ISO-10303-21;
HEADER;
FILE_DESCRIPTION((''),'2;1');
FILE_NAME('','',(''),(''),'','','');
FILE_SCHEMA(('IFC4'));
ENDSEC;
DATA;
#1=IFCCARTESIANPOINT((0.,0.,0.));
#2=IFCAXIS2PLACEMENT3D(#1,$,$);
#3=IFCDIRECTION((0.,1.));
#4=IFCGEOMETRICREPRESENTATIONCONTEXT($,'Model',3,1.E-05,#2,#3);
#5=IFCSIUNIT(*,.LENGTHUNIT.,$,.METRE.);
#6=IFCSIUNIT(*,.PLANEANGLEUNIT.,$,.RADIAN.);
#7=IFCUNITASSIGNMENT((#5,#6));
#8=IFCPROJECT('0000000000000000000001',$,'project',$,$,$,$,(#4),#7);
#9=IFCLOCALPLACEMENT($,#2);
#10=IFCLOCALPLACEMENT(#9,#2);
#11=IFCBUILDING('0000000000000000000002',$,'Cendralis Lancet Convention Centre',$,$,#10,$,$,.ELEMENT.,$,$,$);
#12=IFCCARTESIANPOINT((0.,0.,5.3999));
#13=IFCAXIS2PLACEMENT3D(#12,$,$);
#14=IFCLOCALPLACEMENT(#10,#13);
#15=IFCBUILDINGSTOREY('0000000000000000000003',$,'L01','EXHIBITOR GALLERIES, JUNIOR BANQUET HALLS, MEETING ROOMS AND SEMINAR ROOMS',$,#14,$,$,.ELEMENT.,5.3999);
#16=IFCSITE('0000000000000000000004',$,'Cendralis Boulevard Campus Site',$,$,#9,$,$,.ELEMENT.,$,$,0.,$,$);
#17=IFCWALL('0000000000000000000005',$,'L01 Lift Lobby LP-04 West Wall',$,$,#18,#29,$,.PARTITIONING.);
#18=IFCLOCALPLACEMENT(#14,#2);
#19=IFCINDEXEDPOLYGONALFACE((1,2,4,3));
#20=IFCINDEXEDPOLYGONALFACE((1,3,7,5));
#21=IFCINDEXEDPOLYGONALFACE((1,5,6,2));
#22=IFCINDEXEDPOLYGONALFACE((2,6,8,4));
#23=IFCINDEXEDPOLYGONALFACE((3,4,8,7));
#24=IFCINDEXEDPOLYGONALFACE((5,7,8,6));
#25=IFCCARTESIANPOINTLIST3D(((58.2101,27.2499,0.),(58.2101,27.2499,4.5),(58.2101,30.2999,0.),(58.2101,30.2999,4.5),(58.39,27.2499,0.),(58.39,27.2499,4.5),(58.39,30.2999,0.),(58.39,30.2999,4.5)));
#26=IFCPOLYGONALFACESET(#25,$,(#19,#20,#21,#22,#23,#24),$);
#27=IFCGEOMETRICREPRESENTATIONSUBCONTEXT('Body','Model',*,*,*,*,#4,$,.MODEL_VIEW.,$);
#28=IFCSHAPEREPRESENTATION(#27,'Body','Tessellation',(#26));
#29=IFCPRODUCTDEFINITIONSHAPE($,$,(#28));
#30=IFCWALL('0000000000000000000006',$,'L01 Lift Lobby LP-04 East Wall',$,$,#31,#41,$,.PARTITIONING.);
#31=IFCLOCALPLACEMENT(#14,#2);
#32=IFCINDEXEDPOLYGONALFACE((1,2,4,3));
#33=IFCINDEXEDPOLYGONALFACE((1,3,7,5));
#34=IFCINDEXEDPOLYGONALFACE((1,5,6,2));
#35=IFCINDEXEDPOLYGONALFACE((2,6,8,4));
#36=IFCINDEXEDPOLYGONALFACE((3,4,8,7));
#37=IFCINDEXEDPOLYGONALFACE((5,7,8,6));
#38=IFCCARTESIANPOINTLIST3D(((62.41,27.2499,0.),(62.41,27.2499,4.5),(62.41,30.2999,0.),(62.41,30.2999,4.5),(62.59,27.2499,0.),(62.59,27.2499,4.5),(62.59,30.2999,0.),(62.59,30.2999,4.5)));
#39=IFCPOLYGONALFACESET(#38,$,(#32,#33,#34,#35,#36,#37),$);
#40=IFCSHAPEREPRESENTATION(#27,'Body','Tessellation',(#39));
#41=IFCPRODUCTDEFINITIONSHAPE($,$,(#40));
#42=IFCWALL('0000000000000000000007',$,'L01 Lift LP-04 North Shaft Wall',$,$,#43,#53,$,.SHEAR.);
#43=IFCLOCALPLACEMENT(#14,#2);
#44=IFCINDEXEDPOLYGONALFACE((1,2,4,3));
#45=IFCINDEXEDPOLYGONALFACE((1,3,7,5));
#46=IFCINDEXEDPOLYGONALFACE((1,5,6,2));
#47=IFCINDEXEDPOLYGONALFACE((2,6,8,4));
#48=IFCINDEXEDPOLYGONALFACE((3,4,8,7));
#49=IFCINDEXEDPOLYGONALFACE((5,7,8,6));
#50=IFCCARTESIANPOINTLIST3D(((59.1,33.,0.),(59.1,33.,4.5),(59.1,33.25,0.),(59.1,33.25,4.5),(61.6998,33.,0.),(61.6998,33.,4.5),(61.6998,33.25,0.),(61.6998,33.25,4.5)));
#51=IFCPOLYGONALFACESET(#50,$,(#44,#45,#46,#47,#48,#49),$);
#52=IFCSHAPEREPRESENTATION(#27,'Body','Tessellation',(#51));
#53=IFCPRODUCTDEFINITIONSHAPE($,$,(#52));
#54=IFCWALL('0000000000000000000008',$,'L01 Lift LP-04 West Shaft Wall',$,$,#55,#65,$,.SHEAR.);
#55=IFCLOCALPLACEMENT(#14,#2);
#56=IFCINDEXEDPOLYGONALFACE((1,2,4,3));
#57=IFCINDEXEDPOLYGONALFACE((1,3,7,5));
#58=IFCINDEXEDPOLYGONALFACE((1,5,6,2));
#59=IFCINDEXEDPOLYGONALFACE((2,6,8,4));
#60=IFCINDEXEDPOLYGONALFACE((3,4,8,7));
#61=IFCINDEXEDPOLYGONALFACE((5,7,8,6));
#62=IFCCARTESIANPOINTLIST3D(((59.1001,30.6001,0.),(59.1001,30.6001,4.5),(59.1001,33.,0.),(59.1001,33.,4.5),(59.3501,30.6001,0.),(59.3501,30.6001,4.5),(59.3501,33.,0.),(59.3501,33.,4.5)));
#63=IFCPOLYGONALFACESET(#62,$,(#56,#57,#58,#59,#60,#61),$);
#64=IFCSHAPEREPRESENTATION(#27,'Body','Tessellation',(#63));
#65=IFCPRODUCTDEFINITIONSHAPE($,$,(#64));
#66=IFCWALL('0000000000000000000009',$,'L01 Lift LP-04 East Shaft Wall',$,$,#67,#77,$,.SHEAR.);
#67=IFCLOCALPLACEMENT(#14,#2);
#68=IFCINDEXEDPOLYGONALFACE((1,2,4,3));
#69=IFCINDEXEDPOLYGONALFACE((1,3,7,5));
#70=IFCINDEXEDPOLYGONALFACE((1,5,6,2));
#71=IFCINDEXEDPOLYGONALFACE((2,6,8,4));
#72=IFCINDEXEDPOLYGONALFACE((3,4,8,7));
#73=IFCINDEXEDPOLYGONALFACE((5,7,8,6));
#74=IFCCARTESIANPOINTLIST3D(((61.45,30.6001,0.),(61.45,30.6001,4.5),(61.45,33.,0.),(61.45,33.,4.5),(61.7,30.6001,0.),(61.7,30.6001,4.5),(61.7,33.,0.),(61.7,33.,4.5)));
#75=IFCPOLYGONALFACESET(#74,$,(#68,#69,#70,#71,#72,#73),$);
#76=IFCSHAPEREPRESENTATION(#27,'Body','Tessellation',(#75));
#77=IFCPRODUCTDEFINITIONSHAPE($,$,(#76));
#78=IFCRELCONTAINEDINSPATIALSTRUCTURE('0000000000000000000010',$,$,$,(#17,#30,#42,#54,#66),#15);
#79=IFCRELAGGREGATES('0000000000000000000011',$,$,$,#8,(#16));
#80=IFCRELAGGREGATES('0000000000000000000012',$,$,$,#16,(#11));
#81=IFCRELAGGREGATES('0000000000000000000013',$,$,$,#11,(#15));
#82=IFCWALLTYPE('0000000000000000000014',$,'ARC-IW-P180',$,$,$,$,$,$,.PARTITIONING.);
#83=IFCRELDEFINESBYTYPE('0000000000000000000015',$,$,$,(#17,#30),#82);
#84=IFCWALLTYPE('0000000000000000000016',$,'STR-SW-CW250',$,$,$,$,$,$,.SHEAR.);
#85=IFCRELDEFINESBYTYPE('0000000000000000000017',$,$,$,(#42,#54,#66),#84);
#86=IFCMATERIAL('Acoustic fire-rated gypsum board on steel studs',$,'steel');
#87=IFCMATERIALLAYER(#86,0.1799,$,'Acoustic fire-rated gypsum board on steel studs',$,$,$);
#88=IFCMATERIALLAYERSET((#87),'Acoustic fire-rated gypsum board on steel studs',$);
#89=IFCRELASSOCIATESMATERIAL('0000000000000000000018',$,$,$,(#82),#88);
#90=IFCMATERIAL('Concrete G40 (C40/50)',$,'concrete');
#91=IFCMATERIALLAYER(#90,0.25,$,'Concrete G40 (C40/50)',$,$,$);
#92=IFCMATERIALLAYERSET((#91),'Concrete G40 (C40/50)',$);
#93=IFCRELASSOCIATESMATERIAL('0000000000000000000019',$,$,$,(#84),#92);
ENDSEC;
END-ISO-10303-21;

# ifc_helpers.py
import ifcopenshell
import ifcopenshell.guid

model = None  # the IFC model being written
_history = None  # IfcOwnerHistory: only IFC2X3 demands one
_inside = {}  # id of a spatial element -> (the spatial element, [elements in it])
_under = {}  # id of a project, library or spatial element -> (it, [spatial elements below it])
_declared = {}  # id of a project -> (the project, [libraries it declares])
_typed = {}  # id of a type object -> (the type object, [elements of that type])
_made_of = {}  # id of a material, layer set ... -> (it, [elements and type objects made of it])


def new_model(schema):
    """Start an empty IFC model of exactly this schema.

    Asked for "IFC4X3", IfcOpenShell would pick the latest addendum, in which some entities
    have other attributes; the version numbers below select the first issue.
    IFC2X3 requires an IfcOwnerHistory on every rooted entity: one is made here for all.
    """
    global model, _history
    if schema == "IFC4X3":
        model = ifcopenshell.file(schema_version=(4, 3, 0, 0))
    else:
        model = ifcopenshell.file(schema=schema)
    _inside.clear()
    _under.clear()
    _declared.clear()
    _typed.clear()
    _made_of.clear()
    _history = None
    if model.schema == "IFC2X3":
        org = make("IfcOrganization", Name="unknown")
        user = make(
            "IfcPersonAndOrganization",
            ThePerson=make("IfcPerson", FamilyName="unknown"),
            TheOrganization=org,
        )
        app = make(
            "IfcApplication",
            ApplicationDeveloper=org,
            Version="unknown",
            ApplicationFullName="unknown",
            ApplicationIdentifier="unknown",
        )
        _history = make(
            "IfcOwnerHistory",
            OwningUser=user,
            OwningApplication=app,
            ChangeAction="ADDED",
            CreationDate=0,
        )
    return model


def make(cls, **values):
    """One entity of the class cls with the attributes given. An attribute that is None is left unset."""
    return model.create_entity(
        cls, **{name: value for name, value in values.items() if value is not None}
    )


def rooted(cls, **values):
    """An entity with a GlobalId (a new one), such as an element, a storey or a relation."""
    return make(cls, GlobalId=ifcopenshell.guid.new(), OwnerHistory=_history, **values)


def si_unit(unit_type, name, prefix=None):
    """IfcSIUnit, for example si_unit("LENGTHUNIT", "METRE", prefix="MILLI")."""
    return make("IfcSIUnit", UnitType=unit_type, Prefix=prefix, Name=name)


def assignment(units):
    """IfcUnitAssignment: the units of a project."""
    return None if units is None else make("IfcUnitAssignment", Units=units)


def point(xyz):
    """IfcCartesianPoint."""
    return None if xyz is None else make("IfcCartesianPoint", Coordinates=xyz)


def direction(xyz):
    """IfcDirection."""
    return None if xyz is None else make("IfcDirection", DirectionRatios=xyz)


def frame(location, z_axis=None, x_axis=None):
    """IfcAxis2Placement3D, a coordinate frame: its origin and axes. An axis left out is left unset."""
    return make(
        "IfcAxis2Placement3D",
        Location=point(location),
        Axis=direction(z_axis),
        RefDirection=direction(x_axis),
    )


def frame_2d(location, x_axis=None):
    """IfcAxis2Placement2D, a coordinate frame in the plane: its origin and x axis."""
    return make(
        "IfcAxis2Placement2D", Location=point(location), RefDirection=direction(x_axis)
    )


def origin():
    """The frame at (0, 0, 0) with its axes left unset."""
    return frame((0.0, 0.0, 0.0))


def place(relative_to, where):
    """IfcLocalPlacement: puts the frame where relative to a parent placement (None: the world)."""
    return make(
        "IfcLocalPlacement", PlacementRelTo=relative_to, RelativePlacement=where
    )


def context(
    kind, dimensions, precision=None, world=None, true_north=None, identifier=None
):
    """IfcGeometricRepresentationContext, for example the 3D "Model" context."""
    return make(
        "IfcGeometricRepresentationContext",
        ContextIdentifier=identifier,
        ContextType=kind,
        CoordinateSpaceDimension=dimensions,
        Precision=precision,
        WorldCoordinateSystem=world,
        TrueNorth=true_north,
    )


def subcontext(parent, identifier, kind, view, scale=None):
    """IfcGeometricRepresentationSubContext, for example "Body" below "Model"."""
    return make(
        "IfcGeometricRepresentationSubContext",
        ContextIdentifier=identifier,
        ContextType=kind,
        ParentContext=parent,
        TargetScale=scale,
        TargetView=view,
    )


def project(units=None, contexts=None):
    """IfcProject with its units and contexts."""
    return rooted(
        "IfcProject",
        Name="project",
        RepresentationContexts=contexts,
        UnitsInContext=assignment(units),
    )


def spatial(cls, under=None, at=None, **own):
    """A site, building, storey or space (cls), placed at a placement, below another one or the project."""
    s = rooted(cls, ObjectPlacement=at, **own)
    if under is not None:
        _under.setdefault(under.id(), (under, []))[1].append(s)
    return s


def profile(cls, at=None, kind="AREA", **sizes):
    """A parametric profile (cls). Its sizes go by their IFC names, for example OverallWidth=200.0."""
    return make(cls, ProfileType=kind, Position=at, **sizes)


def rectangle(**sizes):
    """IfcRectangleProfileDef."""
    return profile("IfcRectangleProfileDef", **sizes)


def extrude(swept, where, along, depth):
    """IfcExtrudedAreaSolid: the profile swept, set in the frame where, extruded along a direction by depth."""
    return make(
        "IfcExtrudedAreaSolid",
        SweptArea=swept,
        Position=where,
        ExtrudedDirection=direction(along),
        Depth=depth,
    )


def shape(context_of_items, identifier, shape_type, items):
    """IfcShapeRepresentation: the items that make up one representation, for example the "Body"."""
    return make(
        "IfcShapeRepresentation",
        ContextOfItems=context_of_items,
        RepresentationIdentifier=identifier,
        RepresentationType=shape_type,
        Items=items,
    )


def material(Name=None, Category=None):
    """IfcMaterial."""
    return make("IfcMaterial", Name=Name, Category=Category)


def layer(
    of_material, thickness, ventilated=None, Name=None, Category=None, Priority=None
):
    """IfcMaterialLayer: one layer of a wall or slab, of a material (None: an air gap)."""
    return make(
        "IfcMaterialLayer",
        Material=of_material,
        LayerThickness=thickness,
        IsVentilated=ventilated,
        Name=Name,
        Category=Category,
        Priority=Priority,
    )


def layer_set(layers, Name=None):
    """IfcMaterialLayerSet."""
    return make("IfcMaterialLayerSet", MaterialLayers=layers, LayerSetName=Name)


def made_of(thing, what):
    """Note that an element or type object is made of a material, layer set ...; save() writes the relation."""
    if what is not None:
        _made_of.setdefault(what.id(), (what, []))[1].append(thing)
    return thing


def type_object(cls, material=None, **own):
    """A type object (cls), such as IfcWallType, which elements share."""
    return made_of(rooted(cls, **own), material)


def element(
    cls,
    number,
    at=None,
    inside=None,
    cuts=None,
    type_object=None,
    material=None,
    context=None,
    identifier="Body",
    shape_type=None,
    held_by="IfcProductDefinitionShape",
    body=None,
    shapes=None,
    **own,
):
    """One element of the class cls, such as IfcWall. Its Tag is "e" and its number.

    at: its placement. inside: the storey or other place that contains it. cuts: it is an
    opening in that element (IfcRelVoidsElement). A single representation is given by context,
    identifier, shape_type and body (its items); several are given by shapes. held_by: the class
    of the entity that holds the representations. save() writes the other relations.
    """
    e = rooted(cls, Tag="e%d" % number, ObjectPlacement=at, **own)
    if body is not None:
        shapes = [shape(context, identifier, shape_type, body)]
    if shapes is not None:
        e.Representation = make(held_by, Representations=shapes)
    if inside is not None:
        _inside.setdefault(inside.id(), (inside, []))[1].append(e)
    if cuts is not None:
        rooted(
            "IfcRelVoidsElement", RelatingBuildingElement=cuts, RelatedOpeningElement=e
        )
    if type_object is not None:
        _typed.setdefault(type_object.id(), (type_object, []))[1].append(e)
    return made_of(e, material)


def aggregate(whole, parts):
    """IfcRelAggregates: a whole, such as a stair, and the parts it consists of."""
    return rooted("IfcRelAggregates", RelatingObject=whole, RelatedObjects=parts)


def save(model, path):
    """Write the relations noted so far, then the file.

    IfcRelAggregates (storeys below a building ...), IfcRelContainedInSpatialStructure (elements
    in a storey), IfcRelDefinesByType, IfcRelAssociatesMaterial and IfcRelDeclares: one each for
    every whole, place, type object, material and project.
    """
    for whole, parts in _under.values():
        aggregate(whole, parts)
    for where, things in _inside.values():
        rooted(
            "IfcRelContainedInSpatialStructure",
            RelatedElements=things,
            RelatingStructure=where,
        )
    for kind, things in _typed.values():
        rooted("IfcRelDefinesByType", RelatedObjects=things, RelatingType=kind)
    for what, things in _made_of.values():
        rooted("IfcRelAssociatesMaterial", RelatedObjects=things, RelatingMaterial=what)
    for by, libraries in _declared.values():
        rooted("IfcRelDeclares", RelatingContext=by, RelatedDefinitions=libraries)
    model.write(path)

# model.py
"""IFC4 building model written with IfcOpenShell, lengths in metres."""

from ifc_helpers import new_model, si_unit, direction, frame, frame_2d, origin, place, context, subcontext, project, spatial, rectangle, extrude, material, layer, layer_set, type_object, element, save


model = new_model("IFC4")

# Units and contexts
model_context = context("Model", 3, precision=1e-05, world=origin(), true_north=direction((0.0, 1.0)))
body_context = subcontext(model_context, "Body", "Model", "MODEL_VIEW")
ifc_project = project(units=[si_unit("LENGTHUNIT", "METRE"), si_unit("PLANEANGLEUNIT", "RADIAN")], contexts=[model_context])

# Site, building, storey
site_placement = place(None, origin())
site = spatial("IfcSite", under=ifc_project, at=site_placement, Name="Cendralis Boulevard Campus Site", CompositionType="ELEMENT", RefElevation=0.0)
building_placement = place(site_placement, origin())
building = spatial("IfcBuilding", under=site, at=building_placement, Name="Cendralis Lancet Convention Centre", CompositionType="ELEMENT")
storey_placement = place(building_placement, frame((0.0, 0.0, 5.3999)))
storey = spatial("IfcBuildingStorey", under=building, at=storey_placement, Name="L01", Description="EXHIBITOR GALLERIES, JUNIOR BANQUET HALLS, MEETING ROOMS AND SEMINAR ROOMS", CompositionType="ELEMENT", Elevation=5.3999)

# Shared definitions
ifc_material_1 = material(Name="Concrete G40 (C40/50)", Category="concrete")

# Shared definitions
ifc_material_2 = material(Name="Acoustic fire-rated gypsum board on steel studs", Category="steel")

# Shared definitions
ifc_layer_1 = layer(ifc_material_2, 0.1799, Name="Acoustic fire-rated gypsum board on steel studs")
ifc_layer_set_1 = layer_set([ifc_layer_1], Name="Acoustic fire-rated gypsum board on steel studs")
wall_type_1 = type_object("IfcWallType", Name="ARC-IW-P180", PredefinedType="PARTITIONING", material=ifc_layer_set_1)

# Walls
for number, where, z_axis, x_axis, name in (
    (1, (58.3, 27.25, 0.0), (0.0, 0.0, 1.0), (0.0, 1.0, 0.0), "L01 Lift Lobby LP-04 West Wall"),
    (2, (62.5, 27.25, 0.0), (0.0, 0.0, 1.0), (0.0, 1.0, 0.0), "L01 Lift Lobby LP-04 East Wall"),
):
    element("IfcWall", number, at=place(storey_placement, frame(where, z_axis=z_axis, x_axis=x_axis)), inside=storey, type_object=wall_type_1, Name=name, PredefinedType="PARTITIONING", context=body_context, shape_type="SweptSolid", body=[
        extrude(rectangle(XDim=3.05, YDim=0.1799, at=frame_2d((1.5249, 0.0))), origin(), (0.0, 0.0, 1.0), 4.5),
    ])

# Shared definitions
ifc_layer_2 = layer(ifc_material_1, 0.25, Name="Concrete G40 (C40/50)")
ifc_layer_set_2 = layer_set([ifc_layer_2], Name="Concrete G40 (C40/50)")
wall_type_2 = type_object("IfcWallType", Name="STR-SW-CW250", PredefinedType="SHEAR", material=ifc_layer_set_2)

# Walls
wall_1_placement = place(storey_placement, frame((59.1001, 33.125, 0.0), z_axis=(0.0, 0.0, 1.0), x_axis=(1.0, 0.0, 0.0)))
element("IfcWall", 3, at=wall_1_placement, inside=storey, type_object=wall_type_2, Name="L01 Lift LP-04 North Shaft Wall", PredefinedType="SHEAR", context=body_context, shape_type="SweptSolid", body=[
    extrude(rectangle(XDim=2.5999, YDim=0.25, at=frame_2d((1.2998, 0.0))), origin(), (0.0, 0.0, 1.0), 4.5),
])
for number, where, z_axis, x_axis, name in (
    (4, (59.2251, 30.6001, 0.0), (0.0, 0.0, 1.0), (0.0, 1.0, 0.0), "L01 Lift LP-04 West Shaft Wall"),
    (5, (61.575, 30.6001, 0.0), (0.0, 0.0, 1.0), (0.0, 1.0, 0.0), "L01 Lift LP-04 East Shaft Wall"),
):
    element("IfcWall", number, at=place(storey_placement, frame(where, z_axis=z_axis, x_axis=x_axis)), inside=storey, type_object=wall_type_2, Name=name, PredefinedType="SHEAR", context=body_context, shape_type="SweptSolid", body=[
        extrude(rectangle(XDim=2.3999, YDim=0.25, at=frame_2d((1.2, 0.0))), origin(), (0.0, 0.0, 1.0), 4.5),
    ])

save(model, "model.ifc")
